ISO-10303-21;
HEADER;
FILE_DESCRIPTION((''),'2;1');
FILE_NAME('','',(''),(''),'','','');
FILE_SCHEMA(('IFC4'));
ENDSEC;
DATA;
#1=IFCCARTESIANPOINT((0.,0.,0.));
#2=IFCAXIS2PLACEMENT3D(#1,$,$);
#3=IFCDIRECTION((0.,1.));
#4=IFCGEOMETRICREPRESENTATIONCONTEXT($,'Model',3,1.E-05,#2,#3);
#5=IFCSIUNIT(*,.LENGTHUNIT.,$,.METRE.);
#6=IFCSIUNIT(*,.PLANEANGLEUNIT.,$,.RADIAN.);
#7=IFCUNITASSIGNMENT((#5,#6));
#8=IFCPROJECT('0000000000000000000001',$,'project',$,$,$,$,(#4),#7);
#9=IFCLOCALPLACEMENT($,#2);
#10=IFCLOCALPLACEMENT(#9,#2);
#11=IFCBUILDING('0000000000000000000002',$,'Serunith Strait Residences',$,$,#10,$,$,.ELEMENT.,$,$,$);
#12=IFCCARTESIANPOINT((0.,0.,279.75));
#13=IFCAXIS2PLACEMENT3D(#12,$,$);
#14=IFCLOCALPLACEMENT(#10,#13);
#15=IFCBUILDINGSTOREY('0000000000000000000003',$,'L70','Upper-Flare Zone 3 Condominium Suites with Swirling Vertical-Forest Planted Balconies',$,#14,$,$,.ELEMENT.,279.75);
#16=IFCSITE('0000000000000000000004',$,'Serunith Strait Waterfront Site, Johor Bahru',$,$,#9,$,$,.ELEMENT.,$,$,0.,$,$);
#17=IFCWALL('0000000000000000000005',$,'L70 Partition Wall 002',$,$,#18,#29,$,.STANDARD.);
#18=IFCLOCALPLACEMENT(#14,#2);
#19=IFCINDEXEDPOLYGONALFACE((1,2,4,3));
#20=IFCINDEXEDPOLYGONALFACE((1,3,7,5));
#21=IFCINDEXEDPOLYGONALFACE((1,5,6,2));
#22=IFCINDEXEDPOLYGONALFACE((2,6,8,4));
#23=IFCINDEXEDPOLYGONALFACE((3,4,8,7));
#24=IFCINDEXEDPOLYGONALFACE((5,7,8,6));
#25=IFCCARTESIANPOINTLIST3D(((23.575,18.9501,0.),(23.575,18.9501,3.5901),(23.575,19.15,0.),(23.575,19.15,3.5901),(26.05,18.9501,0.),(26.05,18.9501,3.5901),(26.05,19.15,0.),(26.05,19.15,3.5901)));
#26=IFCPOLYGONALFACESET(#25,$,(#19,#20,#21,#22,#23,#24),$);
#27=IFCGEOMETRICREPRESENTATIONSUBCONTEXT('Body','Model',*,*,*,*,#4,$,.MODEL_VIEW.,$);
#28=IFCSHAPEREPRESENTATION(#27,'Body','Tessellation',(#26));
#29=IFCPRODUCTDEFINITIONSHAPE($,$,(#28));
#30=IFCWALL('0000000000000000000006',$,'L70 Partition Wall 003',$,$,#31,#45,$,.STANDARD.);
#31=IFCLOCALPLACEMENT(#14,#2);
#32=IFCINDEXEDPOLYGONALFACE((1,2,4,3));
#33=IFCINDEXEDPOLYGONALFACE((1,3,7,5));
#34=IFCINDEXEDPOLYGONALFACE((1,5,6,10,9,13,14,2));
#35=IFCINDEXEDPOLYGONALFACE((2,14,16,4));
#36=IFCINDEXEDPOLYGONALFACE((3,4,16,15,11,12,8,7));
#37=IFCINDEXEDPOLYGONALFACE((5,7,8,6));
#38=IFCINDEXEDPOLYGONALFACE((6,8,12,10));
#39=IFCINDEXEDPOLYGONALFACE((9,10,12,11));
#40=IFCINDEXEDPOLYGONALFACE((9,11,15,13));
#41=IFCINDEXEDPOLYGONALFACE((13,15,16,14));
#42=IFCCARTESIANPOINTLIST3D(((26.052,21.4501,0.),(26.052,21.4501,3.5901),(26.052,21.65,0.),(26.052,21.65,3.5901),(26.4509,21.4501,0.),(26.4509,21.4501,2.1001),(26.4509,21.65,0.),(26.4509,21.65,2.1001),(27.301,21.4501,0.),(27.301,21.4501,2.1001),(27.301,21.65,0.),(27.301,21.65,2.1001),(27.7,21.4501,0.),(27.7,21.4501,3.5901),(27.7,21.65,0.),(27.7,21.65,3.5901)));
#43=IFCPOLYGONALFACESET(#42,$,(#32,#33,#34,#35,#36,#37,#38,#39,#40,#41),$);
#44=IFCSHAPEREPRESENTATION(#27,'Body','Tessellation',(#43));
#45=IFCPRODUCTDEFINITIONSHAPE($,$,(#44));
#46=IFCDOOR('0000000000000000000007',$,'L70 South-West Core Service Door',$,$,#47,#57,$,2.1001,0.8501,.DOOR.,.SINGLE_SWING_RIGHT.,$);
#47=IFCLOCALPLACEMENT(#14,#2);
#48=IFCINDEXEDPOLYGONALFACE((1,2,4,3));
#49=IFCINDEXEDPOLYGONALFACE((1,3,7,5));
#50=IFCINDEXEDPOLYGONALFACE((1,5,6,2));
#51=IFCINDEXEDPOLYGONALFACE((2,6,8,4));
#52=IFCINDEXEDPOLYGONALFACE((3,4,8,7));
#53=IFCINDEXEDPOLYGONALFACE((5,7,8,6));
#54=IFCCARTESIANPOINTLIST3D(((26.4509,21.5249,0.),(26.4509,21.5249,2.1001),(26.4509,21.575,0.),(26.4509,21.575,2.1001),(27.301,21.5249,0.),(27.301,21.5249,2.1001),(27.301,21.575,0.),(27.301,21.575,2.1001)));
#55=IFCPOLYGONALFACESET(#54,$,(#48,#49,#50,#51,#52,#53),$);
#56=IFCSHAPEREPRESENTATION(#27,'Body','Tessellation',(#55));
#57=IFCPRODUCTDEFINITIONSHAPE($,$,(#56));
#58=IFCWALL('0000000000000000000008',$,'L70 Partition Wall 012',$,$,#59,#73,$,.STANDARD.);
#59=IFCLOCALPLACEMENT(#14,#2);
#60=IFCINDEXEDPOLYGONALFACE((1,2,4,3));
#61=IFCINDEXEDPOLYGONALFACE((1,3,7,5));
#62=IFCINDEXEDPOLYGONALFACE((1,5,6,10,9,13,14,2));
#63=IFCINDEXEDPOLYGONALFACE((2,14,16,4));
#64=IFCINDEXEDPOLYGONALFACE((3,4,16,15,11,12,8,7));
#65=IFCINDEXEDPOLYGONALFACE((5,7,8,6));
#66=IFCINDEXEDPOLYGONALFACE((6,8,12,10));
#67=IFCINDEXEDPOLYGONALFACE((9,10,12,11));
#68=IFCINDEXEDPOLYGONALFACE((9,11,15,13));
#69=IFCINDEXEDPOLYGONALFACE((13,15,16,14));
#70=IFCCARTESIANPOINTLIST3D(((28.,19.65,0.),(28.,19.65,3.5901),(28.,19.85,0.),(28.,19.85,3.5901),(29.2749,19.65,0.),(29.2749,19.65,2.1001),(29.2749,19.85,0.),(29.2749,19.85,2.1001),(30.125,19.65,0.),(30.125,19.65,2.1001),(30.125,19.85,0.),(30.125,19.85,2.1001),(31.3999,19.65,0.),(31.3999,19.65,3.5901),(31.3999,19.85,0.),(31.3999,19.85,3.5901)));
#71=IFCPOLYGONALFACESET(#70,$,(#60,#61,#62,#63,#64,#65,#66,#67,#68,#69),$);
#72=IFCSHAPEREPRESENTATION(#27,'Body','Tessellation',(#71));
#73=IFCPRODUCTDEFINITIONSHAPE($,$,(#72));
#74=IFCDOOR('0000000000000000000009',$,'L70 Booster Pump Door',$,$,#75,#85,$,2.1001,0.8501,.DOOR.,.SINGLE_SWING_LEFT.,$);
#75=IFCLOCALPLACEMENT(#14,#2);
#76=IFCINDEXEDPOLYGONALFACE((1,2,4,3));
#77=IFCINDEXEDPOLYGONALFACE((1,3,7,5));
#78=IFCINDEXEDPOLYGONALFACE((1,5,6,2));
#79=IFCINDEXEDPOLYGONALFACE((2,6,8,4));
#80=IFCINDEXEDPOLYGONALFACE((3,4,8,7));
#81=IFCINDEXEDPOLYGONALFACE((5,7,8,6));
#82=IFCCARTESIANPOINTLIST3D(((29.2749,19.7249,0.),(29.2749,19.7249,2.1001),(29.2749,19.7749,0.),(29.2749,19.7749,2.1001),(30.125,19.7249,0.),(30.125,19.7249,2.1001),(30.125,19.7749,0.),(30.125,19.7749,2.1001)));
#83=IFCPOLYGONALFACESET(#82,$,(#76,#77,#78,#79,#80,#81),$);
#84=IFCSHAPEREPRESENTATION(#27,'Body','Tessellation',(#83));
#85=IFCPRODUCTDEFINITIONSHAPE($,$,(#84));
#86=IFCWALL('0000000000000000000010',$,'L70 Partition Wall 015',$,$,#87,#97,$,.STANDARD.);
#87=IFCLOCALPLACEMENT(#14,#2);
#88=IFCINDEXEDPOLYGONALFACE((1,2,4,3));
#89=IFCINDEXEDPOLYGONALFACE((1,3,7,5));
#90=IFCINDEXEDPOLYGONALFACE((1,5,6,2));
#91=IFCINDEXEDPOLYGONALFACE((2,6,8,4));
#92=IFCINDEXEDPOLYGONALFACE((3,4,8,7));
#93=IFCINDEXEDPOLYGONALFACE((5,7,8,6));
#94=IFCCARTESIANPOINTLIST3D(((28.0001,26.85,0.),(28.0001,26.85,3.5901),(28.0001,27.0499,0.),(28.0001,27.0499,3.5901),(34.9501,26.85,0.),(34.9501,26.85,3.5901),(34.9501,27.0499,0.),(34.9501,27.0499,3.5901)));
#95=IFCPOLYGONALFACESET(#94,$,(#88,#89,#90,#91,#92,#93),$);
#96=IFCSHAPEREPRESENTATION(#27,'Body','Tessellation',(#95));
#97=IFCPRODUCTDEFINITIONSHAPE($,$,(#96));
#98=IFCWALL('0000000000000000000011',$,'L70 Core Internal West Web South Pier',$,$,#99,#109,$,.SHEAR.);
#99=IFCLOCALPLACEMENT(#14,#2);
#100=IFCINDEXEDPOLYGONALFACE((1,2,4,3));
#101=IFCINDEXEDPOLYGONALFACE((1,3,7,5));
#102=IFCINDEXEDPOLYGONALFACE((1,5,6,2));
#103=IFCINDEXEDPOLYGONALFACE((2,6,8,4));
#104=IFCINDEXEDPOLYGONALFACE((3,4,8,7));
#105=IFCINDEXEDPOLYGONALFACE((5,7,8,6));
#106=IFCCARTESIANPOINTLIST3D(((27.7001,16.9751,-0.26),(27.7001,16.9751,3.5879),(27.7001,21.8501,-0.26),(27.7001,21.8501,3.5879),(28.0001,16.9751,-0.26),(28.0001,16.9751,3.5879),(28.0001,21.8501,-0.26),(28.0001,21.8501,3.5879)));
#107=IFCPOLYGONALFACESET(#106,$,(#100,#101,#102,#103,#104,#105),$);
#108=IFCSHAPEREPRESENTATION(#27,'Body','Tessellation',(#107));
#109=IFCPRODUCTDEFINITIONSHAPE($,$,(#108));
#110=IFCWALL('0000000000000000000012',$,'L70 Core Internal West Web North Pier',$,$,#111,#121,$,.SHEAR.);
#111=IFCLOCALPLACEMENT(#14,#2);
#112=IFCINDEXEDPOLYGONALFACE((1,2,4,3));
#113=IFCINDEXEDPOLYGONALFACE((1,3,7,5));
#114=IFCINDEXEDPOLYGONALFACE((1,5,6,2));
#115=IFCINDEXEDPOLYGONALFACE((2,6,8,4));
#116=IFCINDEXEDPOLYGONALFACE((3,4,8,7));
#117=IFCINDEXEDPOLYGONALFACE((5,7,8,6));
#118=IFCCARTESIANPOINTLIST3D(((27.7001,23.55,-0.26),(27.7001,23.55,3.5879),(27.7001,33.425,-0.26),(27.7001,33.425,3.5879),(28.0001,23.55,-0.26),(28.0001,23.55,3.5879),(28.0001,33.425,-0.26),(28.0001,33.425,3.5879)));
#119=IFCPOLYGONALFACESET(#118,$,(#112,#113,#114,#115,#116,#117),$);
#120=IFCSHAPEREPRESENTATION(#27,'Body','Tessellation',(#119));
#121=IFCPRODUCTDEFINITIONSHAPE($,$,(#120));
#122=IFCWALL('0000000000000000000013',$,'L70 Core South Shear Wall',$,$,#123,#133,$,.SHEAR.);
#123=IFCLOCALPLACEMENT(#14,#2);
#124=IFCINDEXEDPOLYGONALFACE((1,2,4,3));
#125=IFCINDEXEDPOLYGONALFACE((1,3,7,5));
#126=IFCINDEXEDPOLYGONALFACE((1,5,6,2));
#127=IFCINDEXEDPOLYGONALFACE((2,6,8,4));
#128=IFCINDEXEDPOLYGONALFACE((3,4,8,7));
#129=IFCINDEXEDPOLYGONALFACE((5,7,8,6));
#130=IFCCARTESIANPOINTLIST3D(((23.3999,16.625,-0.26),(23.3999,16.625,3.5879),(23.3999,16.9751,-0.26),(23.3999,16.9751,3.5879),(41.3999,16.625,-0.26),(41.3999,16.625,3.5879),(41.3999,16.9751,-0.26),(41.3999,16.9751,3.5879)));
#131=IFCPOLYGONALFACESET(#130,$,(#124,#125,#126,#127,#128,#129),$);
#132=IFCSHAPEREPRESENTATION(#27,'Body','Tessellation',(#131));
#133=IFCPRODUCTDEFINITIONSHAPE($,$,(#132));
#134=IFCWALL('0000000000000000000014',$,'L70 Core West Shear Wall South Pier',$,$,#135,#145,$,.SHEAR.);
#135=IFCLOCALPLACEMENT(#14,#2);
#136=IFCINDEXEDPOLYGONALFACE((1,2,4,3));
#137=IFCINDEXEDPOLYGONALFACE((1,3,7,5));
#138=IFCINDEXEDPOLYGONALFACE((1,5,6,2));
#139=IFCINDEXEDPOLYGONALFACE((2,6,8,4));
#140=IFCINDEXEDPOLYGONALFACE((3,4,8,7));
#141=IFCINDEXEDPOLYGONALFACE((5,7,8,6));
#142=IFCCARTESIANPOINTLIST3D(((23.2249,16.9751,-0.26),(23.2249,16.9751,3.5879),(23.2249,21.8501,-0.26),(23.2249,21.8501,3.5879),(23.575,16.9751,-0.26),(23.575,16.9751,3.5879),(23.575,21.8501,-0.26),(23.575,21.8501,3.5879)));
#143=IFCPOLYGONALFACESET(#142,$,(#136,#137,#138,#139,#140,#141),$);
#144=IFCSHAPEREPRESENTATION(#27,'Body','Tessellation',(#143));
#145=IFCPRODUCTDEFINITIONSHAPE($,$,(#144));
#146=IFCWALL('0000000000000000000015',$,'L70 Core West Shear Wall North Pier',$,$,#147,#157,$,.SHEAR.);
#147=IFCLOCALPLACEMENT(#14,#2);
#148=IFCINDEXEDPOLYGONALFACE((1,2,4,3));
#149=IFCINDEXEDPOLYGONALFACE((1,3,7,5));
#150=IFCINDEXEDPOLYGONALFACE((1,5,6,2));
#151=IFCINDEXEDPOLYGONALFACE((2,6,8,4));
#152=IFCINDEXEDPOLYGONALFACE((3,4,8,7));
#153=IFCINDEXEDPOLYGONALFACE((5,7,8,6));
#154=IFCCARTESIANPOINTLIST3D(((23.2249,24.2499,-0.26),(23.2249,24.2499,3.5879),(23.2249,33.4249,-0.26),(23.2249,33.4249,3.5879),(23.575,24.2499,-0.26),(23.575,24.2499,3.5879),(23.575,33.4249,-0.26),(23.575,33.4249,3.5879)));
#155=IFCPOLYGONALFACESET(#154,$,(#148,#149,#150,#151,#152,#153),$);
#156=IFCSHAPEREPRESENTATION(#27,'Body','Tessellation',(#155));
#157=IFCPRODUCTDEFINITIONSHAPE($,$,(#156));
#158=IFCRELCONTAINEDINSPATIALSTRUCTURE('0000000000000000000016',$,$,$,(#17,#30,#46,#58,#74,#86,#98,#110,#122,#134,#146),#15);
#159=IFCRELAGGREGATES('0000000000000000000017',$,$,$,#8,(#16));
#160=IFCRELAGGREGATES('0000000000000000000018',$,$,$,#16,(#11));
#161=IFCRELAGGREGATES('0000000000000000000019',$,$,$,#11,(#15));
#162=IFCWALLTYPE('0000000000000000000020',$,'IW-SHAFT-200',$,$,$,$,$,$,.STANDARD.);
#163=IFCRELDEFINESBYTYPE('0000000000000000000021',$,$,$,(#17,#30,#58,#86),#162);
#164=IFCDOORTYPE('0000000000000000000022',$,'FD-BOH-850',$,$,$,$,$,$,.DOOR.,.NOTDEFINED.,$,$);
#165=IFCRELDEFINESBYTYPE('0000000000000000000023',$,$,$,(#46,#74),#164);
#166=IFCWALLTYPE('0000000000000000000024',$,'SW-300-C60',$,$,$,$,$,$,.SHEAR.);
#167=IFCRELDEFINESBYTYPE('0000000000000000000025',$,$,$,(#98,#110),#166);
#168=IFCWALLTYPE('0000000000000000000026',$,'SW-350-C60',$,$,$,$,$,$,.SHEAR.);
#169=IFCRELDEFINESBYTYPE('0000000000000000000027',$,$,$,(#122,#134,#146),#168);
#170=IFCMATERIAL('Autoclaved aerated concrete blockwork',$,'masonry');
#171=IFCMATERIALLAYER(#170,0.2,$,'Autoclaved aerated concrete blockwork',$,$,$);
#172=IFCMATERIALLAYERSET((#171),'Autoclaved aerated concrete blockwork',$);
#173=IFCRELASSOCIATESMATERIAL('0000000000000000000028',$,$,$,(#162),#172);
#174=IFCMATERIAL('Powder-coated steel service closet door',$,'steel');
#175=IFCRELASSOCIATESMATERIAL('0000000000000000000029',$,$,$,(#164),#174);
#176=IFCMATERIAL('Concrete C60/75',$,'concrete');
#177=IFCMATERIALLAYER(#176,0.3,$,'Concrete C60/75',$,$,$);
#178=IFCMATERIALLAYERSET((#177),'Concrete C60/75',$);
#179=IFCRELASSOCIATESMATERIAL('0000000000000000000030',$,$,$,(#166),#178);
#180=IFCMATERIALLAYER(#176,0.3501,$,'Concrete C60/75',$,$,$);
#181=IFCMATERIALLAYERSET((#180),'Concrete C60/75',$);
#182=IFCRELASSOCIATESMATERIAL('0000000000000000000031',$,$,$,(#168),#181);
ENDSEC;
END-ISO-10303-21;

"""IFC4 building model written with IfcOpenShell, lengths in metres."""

from ifc_helpers import new_model, si_unit, direction, frame, frame_2d, origin, place, context, subcontext, project, spatial, rectangle, extrude, source, transform, mapped, material, layer, layer_set, type_object, element, fill, save


model = new_model("IFC4")

# Units and contexts
model_context = context("Model", 3, precision=1e-05, world=origin(), true_north=direction((0.0, 1.0)))
body_context = subcontext(model_context, "Body", "Model", "MODEL_VIEW")
ifc_project = project(units=[si_unit("LENGTHUNIT", "METRE"), si_unit("PLANEANGLEUNIT", "RADIAN")], contexts=[model_context])

# Site, building, storey
site_placement = place(None, origin())
site = spatial("IfcSite", under=ifc_project, at=site_placement, Name="Serunith Strait Waterfront Site, Johor Bahru", CompositionType="ELEMENT", RefElevation=0.0)
building_placement = place(site_placement, origin())
building = spatial("IfcBuilding", under=site, at=building_placement, Name="Serunith Strait Residences", CompositionType="ELEMENT")
storey_placement = place(building_placement, frame((0.0, 0.0, 279.75)))
storey = spatial("IfcBuildingStorey", under=building, at=storey_placement, Name="L70", Description="Upper-Flare Zone 3 Condominium Suites with Swirling Vertical-Forest Planted Balconies", CompositionType="ELEMENT", Elevation=279.75)

# Shared definitions
ifc_material_1 = material(Name="Autoclaved aerated concrete blockwork", Category="masonry")
ifc_layer_1 = layer(ifc_material_1, 0.2, Name="Autoclaved aerated concrete blockwork")
ifc_layer_set_1 = layer_set([ifc_layer_1], Name="Autoclaved aerated concrete blockwork")
wall_type_1 = type_object("IfcWallType", Name="IW-SHAFT-200", PredefinedType="STANDARD", material=ifc_layer_set_1)

# Wall
wall_1_placement = place(storey_placement, frame((23.575, 19.05, 0.0), z_axis=(0.0, 0.0, 1.0), x_axis=(1.0, 0.0, 0.0)))
element("IfcWall", 1, at=wall_1_placement, inside=storey, type_object=wall_type_1, Name="L70 Partition Wall 002", PredefinedType="STANDARD", context=body_context, shape_type="SweptSolid", body=[
    extrude(rectangle(XDim=2.4751, YDim=0.2, at=frame_2d((1.2375, 0.0))), origin(), (0.0, 0.0, 1.0), 3.5901),
])

# Walls, openings, doors
wall_2_placement = place(storey_placement, frame((26.052, 21.55, 0.0), z_axis=(0.0, 0.0, 1.0), x_axis=(1.0, 0.0, 0.0)))
wall_2 = element("IfcWall", 2, at=wall_2_placement, inside=storey, type_object=wall_type_1, Name="L70 Partition Wall 003", PredefinedType="STANDARD", context=body_context, shape_type="SweptSolid", body=[
    extrude(rectangle(XDim=1.6479, YDim=0.2, at=frame_2d((0.824, 0.0))), origin(), (0.0, 0.0, 1.0), 3.5901),
])
opening_1_placement = place(wall_2_placement, frame((0.3989, 0.0, 0.0)))
opening_1 = element("IfcOpeningElement", 3, at=opening_1_placement, cuts=wall_2, PredefinedType="OPENING", context=body_context, shape_type="SweptSolid", body=[
    extrude(rectangle(XDim=0.8501, YDim=2.1001, at=frame_2d((0.425, 1.05))), frame((0.0, 0.1099, 0.0), z_axis=(0.0, -1.0, 0.0), x_axis=(1.0, 0.0, 0.0)), (0.0, 0.0, 1.0), 0.22),
])
ifc_material_2 = material(Name="Powder-coated steel service closet door", Category="steel")
door_type_1 = type_object("IfcDoorType", Name="FD-BOH-850", OperationType="NOTDEFINED", PredefinedType="DOOR", material=ifc_material_2)
shared_shape_1 = source(origin(), body_context, "Body", "SweptSolid", [
    extrude(rectangle(XDim=0.8501, YDim=2.1001, at=frame_2d((0.425, 1.05))), frame((0.0, 0.0249, 0.0), z_axis=(0.0, -1.0, 0.0), x_axis=(1.0, 0.0, 0.0)), (0.0, 0.0, 1.0), 0.05),
])
door_1_placement = place(opening_1_placement, origin())
door_1 = element("IfcDoor", 4, at=door_1_placement, inside=storey, type_object=door_type_1, Name="L70 South-West Core Service Door", OperationType="SINGLE_SWING_RIGHT", OverallHeight=2.1001, OverallWidth=0.8501, PredefinedType="DOOR", context=body_context, shape_type="MappedRepresentation", body=[
    mapped(shared_shape_1, transform((0.0, 0.0, 0.0), scale=1.0)),
])
fill(opening_1, door_1)
wall_3_placement = place(storey_placement, frame((28.0, 19.75, 0.0), z_axis=(0.0, 0.0, 1.0), x_axis=(1.0, 0.0, 0.0)))
wall_3 = element("IfcWall", 5, at=wall_3_placement, inside=storey, type_object=wall_type_1, Name="L70 Partition Wall 012", PredefinedType="STANDARD", context=body_context, shape_type="SweptSolid", body=[
    extrude(rectangle(XDim=3.3999, YDim=0.2, at=frame_2d((1.7, 0.0))), origin(), (0.0, 0.0, 1.0), 3.5901),
])
opening_2_placement = place(wall_3_placement, frame((1.2749, 0.0, 0.0)))
opening_2 = element("IfcOpeningElement", 6, at=opening_2_placement, cuts=wall_3, PredefinedType="OPENING", context=body_context, shape_type="SweptSolid", body=[
    extrude(rectangle(XDim=0.8501, YDim=2.1001, at=frame_2d((0.425, 1.05))), frame((0.0, 0.1099, 0.0), z_axis=(0.0, -1.0, 0.0), x_axis=(1.0, 0.0, 0.0)), (0.0, 0.0, 1.0), 0.22),
])
door_2_placement = place(opening_2_placement, origin())
door_2 = element("IfcDoor", 7, at=door_2_placement, inside=storey, type_object=door_type_1, Name="L70 Booster Pump Door", OperationType="SINGLE_SWING_LEFT", OverallHeight=2.1001, OverallWidth=0.8501, PredefinedType="DOOR", context=body_context, shape_type="MappedRepresentation", body=[
    mapped(shared_shape_1, transform((0.0, 0.0, 0.0), scale=1.0)),
])
fill(opening_2, door_2)

# Walls
wall_4_placement = place(storey_placement, frame((28.0, 26.95, 0.0), z_axis=(0.0, 0.0, 1.0), x_axis=(1.0, 0.0, 0.0)))
element("IfcWall", 8, at=wall_4_placement, inside=storey, type_object=wall_type_1, Name="L70 Partition Wall 015", PredefinedType="STANDARD", context=body_context, shape_type="SweptSolid", body=[
    extrude(rectangle(XDim=6.95, YDim=0.2, at=frame_2d((3.4751, 0.0))), origin(), (0.0, 0.0, 1.0), 3.5901),
])
ifc_material_3 = material(Name="Concrete C60/75", Category="concrete")
ifc_layer_2 = layer(ifc_material_3, 0.3, Name="Concrete C60/75")
ifc_layer_set_2 = layer_set([ifc_layer_2], Name="Concrete C60/75")
wall_type_2 = type_object("IfcWallType", Name="SW-300-C60", PredefinedType="SHEAR", material=ifc_layer_set_2)
wall_5_placement = place(storey_placement, frame((27.8501, 16.9751, -0.26), z_axis=(0.0, 0.0, 1.0), x_axis=(0.0, 1.0, 0.0)))
element("IfcWall", 9, at=wall_5_placement, inside=storey, type_object=wall_type_2, Name="L70 Core Internal West Web South Pier", PredefinedType="SHEAR", context=body_context, shape_type="SweptSolid", body=[
    extrude(rectangle(XDim=4.875, YDim=0.3, at=frame_2d((2.4375, 0.0))), origin(), (0.0, 0.0, 1.0), 3.8479),
])
wall_6_placement = place(storey_placement, frame((27.8501, 23.55, -0.26), z_axis=(0.0, 0.0, 1.0), x_axis=(0.0, 1.0, 0.0)))
element("IfcWall", 10, at=wall_6_placement, inside=storey, type_object=wall_type_2, Name="L70 Core Internal West Web North Pier", PredefinedType="SHEAR", context=body_context, shape_type="SweptSolid", body=[
    extrude(rectangle(XDim=9.875, YDim=0.3, at=frame_2d((4.9375, 0.0))), origin(), (0.0, 0.0, 1.0), 3.8479),
])
ifc_layer_3 = layer(ifc_material_3, 0.3501, Name="Concrete C60/75")
ifc_layer_set_3 = layer_set([ifc_layer_3], Name="Concrete C60/75")
wall_type_3 = type_object("IfcWallType", Name="SW-350-C60", PredefinedType="SHEAR", material=ifc_layer_set_3)
wall_7_placement = place(storey_placement, frame((23.3999, 16.8, -0.26), z_axis=(0.0, 0.0, 1.0), x_axis=(1.0, 0.0, 0.0)))
element("IfcWall", 11, at=wall_7_placement, inside=storey, type_object=wall_type_3, Name="L70 Core South Shear Wall", PredefinedType="SHEAR", context=body_context, shape_type="SweptSolid", body=[
    extrude(rectangle(XDim=18.0, YDim=0.3501, at=frame_2d((9.0, 0.0))), origin(), (0.0, 0.0, 1.0), 3.8479),
])
wall_8_placement = place(storey_placement, frame((23.3999, 16.9751, -0.26), z_axis=(0.0, 0.0, 1.0), x_axis=(0.0, 1.0, 0.0)))
element("IfcWall", 12, at=wall_8_placement, inside=storey, type_object=wall_type_3, Name="L70 Core West Shear Wall South Pier", PredefinedType="SHEAR", context=body_context, shape_type="SweptSolid", body=[
    extrude(rectangle(XDim=4.875, YDim=0.3501, at=frame_2d((2.4375, 0.0))), origin(), (0.0, 0.0, 1.0), 3.8479),
])
wall_9_placement = place(storey_placement, frame((23.3999, 24.25, -0.26), z_axis=(0.0, 0.0, 1.0), x_axis=(0.0, 1.0, 0.0)))
element("IfcWall", 13, at=wall_9_placement, inside=storey, type_object=wall_type_3, Name="L70 Core West Shear Wall North Pier", PredefinedType="SHEAR", context=body_context, shape_type="SweptSolid", body=[
    extrude(rectangle(XDim=9.175, YDim=0.3501, at=frame_2d((4.5874, 0.0))), origin(), (0.0, 0.0, 1.0), 3.8479),
])

save(model, "model.ifc")
